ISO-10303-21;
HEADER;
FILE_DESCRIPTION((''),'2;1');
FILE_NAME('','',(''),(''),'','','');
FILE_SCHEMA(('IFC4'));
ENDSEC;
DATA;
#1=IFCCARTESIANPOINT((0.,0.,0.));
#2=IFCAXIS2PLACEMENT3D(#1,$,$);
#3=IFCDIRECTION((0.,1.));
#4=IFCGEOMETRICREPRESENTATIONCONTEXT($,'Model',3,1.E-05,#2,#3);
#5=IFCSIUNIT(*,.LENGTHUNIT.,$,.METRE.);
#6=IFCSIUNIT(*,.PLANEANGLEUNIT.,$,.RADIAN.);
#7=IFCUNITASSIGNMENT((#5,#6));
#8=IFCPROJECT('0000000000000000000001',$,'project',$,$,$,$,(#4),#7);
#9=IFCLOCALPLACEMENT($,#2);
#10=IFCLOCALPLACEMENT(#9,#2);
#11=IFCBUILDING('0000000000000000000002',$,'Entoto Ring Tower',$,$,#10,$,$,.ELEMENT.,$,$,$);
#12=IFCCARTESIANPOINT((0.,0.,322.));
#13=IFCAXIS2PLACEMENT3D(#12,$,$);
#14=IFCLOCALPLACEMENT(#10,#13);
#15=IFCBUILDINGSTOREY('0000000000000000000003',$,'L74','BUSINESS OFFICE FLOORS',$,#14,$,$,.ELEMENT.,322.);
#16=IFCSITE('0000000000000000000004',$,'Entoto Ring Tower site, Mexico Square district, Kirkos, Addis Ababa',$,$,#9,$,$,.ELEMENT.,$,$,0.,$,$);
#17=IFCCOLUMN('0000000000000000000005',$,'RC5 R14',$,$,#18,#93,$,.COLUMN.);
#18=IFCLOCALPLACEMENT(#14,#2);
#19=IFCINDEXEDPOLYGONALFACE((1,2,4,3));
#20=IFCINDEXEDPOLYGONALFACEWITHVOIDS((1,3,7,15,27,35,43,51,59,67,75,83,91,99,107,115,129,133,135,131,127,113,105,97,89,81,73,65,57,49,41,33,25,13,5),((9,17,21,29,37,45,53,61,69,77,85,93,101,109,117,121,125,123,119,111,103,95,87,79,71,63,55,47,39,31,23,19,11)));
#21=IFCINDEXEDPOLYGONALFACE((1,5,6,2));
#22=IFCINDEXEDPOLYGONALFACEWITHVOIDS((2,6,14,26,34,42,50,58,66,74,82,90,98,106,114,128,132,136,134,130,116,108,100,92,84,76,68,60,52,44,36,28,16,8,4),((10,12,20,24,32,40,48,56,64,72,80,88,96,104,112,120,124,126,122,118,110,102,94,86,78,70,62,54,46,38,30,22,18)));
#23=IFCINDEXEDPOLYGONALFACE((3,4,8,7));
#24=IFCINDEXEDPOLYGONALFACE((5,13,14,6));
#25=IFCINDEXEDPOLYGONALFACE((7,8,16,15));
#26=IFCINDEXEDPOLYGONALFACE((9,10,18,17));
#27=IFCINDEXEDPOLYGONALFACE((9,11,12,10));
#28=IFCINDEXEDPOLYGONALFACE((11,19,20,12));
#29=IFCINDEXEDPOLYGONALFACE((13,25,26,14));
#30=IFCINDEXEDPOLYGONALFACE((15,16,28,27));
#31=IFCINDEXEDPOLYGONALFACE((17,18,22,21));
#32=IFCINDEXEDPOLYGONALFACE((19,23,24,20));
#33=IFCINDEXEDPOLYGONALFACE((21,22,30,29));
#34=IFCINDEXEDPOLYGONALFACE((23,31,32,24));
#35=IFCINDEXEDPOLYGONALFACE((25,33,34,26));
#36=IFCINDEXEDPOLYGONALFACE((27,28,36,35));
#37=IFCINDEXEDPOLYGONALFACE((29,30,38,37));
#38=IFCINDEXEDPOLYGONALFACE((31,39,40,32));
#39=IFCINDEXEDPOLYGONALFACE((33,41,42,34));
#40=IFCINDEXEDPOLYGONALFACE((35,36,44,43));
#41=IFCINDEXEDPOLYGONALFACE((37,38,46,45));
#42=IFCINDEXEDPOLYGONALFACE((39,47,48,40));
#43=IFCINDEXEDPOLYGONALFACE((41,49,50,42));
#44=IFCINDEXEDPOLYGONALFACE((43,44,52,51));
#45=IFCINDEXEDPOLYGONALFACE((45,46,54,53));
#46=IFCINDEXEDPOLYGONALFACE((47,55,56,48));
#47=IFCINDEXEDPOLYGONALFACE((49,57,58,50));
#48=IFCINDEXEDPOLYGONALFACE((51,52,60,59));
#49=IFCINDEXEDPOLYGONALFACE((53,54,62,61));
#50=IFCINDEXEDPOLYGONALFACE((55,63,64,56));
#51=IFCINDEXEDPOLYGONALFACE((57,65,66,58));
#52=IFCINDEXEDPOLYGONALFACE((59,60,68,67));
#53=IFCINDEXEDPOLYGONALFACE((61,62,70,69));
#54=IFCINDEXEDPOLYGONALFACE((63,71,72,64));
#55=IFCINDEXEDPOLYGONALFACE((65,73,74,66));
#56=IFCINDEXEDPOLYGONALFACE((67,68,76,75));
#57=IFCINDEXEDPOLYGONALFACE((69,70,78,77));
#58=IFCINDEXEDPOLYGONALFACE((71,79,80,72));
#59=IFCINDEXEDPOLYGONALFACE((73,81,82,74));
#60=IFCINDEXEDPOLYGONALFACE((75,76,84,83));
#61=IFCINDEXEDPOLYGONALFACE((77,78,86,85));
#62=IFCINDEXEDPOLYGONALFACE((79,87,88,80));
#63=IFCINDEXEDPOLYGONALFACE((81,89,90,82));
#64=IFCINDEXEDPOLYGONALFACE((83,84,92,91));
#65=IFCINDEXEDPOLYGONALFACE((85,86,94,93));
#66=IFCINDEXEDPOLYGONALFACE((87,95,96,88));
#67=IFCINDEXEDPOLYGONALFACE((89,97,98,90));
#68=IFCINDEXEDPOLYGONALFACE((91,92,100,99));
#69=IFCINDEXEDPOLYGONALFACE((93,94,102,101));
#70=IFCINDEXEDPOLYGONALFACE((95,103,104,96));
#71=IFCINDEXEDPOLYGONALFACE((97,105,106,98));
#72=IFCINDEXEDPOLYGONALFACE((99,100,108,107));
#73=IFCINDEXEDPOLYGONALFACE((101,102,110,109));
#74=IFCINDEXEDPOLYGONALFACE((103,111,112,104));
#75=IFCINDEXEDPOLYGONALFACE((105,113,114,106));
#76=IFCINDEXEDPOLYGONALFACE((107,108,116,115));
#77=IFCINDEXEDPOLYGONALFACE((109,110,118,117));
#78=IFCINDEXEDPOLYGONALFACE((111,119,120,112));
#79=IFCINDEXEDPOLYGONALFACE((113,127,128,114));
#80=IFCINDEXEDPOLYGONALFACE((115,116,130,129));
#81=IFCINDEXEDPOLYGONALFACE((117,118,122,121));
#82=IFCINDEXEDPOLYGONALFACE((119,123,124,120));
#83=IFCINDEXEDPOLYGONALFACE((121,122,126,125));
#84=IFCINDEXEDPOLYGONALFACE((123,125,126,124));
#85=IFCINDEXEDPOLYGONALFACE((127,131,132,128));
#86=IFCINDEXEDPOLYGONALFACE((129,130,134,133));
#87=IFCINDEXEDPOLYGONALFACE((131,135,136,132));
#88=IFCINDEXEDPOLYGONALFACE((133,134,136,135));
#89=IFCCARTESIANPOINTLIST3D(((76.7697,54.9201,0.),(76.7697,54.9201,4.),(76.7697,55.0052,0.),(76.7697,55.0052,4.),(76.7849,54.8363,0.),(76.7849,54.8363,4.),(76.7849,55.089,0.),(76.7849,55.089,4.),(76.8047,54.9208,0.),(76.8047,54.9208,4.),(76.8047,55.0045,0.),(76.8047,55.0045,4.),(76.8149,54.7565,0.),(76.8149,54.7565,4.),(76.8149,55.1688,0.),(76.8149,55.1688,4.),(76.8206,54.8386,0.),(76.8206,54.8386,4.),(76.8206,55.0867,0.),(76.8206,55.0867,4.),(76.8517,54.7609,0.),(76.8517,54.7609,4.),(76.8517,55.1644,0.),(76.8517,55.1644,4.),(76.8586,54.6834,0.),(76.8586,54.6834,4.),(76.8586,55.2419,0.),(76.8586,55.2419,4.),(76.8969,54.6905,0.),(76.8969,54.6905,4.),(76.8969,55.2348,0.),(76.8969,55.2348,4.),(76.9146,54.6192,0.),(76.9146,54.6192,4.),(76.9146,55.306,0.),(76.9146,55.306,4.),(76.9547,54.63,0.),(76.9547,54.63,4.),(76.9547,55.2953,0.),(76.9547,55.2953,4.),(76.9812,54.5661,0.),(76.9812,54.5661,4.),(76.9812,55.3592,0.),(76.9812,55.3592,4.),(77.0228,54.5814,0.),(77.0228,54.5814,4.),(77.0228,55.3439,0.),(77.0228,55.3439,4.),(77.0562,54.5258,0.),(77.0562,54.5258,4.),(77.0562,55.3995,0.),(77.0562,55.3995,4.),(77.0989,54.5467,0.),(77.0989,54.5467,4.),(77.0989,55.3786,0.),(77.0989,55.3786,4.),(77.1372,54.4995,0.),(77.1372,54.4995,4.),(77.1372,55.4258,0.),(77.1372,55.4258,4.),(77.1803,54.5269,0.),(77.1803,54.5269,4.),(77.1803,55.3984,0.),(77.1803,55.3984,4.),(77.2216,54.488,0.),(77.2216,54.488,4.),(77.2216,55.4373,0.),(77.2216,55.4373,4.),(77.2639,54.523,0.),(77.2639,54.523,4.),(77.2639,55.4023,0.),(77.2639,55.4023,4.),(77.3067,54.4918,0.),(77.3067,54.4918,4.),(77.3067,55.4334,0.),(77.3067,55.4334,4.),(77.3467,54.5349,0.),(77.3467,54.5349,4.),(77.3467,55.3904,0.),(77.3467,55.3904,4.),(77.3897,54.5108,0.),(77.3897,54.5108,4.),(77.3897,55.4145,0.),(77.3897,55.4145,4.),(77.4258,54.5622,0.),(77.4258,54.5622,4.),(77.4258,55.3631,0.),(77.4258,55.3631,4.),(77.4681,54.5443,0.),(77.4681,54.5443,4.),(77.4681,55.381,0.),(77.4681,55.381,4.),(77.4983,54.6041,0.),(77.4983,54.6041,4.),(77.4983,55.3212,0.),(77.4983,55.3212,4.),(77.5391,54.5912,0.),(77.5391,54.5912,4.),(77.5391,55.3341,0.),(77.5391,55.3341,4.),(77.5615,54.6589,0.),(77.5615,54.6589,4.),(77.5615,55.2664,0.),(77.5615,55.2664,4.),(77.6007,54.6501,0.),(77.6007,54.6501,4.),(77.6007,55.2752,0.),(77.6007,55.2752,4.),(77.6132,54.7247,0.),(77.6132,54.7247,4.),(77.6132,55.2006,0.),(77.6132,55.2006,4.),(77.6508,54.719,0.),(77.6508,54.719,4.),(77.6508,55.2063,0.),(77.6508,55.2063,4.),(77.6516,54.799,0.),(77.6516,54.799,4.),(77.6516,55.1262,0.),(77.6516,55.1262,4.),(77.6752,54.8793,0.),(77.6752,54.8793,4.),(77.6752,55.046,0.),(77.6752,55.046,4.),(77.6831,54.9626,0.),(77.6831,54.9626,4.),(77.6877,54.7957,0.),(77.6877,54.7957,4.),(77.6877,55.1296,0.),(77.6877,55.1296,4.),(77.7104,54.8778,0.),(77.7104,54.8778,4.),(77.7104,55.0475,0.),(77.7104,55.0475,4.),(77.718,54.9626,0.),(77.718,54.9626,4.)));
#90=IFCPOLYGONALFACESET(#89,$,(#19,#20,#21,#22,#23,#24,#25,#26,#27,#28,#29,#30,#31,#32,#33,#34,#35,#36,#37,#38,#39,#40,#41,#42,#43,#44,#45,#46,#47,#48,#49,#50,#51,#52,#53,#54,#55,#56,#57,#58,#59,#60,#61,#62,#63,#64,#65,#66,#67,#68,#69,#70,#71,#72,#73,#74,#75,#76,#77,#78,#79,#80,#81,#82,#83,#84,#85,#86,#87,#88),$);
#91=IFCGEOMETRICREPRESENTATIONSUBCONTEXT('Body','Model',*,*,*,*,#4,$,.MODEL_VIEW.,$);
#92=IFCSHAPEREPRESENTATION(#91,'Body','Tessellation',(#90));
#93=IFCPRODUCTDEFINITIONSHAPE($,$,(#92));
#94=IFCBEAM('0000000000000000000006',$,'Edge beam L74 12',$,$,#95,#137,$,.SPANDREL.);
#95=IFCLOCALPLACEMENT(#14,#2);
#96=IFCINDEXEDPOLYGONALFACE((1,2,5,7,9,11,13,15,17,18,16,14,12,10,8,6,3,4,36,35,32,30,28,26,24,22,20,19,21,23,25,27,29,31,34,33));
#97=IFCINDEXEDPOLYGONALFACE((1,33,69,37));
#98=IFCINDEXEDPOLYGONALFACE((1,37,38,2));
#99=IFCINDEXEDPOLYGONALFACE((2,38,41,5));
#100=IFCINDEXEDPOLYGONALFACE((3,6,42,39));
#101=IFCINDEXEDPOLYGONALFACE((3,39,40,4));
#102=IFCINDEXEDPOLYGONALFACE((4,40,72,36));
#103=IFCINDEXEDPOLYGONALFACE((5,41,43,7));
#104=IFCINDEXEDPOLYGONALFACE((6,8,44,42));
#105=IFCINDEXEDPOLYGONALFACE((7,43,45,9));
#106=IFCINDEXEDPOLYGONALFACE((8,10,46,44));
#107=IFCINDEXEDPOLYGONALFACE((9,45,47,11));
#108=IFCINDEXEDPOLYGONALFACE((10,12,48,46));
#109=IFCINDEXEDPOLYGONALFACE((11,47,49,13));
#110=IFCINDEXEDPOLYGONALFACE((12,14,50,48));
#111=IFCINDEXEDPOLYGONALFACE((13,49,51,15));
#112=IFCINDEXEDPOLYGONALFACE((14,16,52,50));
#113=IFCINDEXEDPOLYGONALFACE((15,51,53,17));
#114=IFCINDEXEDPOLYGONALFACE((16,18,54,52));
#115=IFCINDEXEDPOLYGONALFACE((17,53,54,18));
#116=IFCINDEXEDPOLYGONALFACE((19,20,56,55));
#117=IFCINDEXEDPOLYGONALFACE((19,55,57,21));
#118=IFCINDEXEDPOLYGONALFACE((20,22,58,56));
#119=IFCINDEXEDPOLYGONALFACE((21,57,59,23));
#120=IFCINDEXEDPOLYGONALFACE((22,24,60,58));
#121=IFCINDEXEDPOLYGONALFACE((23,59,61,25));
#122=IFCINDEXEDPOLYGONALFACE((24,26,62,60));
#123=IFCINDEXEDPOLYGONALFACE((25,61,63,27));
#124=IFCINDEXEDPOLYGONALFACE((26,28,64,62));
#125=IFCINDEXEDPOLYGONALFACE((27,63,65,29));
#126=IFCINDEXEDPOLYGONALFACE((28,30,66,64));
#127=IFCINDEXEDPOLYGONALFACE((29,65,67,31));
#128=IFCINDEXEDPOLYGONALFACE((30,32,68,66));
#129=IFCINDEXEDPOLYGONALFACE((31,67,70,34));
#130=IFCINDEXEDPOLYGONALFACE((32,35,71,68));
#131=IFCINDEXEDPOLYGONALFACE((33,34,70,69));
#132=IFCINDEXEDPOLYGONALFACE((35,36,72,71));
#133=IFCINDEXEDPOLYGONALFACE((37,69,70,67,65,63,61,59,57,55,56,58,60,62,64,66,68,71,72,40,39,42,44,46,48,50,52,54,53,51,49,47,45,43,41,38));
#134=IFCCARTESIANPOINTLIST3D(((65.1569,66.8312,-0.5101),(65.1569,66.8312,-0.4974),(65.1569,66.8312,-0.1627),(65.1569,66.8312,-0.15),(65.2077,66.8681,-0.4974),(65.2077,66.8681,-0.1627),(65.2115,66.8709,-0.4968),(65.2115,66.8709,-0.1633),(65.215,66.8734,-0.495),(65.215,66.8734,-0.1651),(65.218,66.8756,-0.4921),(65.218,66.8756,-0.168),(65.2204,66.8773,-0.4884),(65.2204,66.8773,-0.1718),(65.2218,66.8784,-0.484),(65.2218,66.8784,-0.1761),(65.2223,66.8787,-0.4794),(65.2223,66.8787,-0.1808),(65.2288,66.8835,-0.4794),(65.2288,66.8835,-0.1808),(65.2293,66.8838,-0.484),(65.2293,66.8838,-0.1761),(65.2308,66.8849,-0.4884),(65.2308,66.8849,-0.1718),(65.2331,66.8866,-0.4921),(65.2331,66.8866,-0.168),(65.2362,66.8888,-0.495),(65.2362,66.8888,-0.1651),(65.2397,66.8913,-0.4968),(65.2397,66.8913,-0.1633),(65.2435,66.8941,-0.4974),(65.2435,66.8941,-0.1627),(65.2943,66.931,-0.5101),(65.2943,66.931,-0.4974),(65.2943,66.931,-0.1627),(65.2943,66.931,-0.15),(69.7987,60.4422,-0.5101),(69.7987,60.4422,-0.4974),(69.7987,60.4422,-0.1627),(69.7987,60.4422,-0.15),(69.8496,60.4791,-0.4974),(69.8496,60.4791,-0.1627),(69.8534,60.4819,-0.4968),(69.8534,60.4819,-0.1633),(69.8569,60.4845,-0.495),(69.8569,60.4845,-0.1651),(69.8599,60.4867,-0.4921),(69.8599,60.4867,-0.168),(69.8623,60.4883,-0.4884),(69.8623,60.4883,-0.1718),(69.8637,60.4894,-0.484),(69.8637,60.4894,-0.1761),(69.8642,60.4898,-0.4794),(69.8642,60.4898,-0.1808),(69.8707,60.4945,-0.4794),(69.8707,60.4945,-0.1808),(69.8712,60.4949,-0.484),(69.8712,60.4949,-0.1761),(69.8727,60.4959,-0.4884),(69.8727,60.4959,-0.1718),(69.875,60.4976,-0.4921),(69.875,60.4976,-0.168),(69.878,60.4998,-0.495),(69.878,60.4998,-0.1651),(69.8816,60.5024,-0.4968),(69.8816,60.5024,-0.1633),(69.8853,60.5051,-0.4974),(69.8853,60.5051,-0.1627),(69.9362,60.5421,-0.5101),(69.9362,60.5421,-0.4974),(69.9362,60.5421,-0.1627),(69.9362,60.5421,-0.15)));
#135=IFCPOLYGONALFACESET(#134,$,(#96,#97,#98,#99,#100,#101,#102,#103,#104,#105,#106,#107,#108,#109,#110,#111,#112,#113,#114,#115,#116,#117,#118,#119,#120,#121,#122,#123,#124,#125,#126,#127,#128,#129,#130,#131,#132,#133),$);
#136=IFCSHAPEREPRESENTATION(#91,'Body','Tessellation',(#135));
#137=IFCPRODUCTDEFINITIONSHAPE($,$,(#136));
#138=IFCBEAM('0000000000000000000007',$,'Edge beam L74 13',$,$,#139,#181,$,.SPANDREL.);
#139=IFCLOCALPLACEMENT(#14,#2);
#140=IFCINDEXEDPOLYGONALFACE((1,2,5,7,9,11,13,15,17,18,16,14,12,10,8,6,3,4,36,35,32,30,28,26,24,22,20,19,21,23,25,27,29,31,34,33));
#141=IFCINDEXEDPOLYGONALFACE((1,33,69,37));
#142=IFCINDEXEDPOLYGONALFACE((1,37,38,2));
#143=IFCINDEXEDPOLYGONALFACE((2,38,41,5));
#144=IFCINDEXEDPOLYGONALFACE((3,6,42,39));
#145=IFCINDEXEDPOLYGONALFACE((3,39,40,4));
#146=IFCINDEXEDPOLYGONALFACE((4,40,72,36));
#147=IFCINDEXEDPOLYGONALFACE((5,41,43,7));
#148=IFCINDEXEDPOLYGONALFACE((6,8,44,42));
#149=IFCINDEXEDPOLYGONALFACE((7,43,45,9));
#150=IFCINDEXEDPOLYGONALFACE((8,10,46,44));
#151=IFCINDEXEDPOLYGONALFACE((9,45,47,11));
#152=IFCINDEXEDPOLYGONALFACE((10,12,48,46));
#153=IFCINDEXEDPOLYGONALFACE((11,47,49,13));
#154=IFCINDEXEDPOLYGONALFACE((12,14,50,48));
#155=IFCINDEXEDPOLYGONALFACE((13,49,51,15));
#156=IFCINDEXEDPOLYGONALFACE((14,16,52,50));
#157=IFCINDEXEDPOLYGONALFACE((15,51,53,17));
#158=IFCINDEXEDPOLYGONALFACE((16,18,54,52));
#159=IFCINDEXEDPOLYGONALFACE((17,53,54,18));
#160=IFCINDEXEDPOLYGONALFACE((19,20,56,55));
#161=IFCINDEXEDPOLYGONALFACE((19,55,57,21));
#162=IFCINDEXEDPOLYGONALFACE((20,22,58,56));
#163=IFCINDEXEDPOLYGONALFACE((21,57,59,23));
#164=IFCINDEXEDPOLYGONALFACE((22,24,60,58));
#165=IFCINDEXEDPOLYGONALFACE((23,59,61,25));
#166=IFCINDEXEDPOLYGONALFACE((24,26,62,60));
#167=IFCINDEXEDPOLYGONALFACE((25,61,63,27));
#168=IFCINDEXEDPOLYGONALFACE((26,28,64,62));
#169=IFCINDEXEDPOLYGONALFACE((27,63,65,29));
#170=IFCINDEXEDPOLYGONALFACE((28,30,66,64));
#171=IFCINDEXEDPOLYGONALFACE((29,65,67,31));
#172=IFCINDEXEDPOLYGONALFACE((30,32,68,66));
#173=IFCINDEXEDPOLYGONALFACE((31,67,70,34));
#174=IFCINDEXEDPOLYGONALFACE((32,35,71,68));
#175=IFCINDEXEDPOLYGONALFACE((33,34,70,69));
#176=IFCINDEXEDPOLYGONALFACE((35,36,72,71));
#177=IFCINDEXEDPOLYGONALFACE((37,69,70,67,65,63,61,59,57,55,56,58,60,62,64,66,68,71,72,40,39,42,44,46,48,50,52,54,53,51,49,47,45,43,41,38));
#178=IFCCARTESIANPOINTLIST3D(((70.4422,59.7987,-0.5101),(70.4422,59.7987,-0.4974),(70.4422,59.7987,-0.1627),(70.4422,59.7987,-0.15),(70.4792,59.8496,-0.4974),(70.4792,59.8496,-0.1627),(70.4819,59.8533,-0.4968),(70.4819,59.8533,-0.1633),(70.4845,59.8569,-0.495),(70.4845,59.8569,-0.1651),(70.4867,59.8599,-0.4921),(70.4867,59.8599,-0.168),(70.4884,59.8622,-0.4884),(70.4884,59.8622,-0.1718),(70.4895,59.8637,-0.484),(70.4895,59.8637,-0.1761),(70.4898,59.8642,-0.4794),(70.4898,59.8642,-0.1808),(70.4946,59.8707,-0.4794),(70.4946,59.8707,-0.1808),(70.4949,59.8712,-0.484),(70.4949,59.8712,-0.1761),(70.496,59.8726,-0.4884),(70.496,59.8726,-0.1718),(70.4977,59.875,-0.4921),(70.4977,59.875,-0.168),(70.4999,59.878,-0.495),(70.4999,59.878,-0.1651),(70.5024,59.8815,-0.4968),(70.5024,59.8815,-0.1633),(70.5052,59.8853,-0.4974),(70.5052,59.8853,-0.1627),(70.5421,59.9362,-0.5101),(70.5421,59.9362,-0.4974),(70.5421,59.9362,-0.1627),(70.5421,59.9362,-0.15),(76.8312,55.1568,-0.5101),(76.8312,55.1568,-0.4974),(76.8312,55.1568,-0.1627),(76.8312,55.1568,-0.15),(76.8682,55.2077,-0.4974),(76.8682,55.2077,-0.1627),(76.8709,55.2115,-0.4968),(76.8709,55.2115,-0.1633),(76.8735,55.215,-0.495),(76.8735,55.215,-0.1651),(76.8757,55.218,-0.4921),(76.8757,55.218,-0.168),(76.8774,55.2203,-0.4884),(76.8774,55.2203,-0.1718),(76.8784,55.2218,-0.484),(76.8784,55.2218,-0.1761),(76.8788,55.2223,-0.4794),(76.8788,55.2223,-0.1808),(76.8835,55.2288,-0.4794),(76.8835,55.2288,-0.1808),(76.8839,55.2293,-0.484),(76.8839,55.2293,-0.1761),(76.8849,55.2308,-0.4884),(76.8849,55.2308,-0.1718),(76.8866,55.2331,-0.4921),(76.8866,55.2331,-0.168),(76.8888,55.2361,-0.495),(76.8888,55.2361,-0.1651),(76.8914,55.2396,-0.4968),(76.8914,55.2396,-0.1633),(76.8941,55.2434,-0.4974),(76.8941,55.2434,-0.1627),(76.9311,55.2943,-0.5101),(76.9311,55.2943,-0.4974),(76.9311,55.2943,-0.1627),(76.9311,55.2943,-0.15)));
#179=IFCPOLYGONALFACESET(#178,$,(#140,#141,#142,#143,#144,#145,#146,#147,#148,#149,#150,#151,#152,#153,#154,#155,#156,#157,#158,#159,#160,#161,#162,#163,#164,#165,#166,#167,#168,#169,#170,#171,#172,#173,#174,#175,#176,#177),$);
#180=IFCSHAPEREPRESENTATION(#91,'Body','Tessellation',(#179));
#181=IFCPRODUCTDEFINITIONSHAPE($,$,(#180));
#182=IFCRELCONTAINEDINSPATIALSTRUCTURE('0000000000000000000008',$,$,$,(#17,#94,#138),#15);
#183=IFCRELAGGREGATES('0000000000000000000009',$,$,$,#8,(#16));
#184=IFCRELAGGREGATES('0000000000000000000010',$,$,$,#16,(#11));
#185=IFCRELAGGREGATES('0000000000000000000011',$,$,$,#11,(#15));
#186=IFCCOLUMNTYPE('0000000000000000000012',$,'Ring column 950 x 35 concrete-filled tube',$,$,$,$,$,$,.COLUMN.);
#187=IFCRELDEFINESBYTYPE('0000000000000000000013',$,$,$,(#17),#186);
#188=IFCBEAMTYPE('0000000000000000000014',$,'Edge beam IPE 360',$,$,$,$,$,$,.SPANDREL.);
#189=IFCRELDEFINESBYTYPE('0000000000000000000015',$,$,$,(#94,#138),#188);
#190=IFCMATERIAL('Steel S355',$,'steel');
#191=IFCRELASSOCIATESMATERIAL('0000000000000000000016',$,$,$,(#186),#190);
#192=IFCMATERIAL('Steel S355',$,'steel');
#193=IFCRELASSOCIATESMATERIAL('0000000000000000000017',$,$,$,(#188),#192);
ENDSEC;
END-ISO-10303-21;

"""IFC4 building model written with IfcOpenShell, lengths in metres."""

from ifc_helpers import new_model, si_unit, direction, frame, origin, origin_2d, place, context, subcontext, project, spatial, circle, hollow_circle, i_section, extrude, material, material_profile, profile_set, type_object, element, save


model = new_model("IFC4")

# Units and contexts
model_context = context("Model", 3, precision=1e-05, world=origin(), true_north=direction((0.0, 1.0)))
body_context = subcontext(model_context, "Body", "Model", "MODEL_VIEW")
ifc_project = project(units=[si_unit("LENGTHUNIT", "METRE"), si_unit("PLANEANGLEUNIT", "RADIAN")], contexts=[model_context])

# Site, building, storey
site_placement = place(None, origin())
site = spatial("IfcSite", under=ifc_project, at=site_placement, Name="Entoto Ring Tower site, Mexico Square district, Kirkos, Addis Ababa", CompositionType="ELEMENT", RefElevation=0.0)
building_placement = place(site_placement, origin())
building = spatial("IfcBuilding", under=site, at=building_placement, Name="Entoto Ring Tower", CompositionType="ELEMENT")
storey_placement = place(building_placement, frame((0.0, 0.0, 322.0)))
storey = spatial("IfcBuildingStorey", under=building, at=storey_placement, Name="L74", Description="BUSINESS OFFICE FLOORS", CompositionType="ELEMENT", Elevation=322.0)

# Column
ifc_material_1 = material(Name="Steel S355", Category="steel")
ifc_material_profile_1 = material_profile(ifc_material_1, hollow_circle(Radius=0.4751, WallThickness=0.0349, at=origin_2d()), Name="CHS 950 x 35")
ifc_material_2 = material(Name="Concrete C60/75", Category="concrete")
ifc_material_profile_2 = material_profile(ifc_material_2, circle(Radius=0.4399, at=origin_2d()), Name="Concrete C60/75 infill")
ifc_profile_set_1 = profile_set([ifc_material_profile_1, ifc_material_profile_2], Name="Steel S355")
column_type = type_object("IfcColumnType", Name="Ring column 950 x 35 concrete-filled tube", PredefinedType="COLUMN", material=ifc_profile_set_1)
for number, where, z_axis, x_axis, name in (
    (1, (77.2429, 54.9626, 0.0), (0.0, 0.0, 1.0), (1.0, 0.0, 0.0), "RC5 R14"),
):
    element("IfcColumn", number, at=place(storey_placement, frame(where, z_axis=z_axis, x_axis=x_axis)), inside=storey, type_object=column_type, Name=name, PredefinedType="COLUMN", context=body_context, shape_type="SweptSolid", body=[
        extrude(hollow_circle(Radius=0.4751, WallThickness=0.0349, at=origin_2d()), origin(), (0.0, 0.0, 1.0), 4.0),
    ])

# Beams
ifc_material_3 = material(Name="Steel S355", Category="steel")
ifc_material_profile_3 = material_profile(ifc_material_3, i_section(OverallWidth=0.1699, OverallDepth=0.3601, WebThickness=0.0081, FlangeThickness=0.0127, FilletRadius=0.0181, at=origin_2d()), Name="IPE 360")
ifc_profile_set_2 = profile_set([ifc_material_profile_3], Name="Steel S355")
beam_type_1 = type_object("IfcBeamType", Name="Edge beam IPE 360", PredefinedType="SPANDREL", material=ifc_profile_set_2)
for number, where, z_axis, x_axis, name in (
    (2, (65.2256, 66.8811, -0.3301), (0.587787, -0.809015, 0.0), (0.809015, 0.587787, 0.0), "Edge beam L74 12"),
    (3, (70.4922, 59.8674, -0.3301), (0.809015, -0.587787, 0.0), (0.587787, 0.809015, 0.0), "Edge beam L74 13"),
):
    element("IfcBeam", number, at=place(storey_placement, frame(where, z_axis=z_axis, x_axis=x_axis)), inside=storey, type_object=beam_type_1, Name=name, PredefinedType="SPANDREL", context=body_context, shape_type="SweptSolid", body=[
        extrude(i_section(OverallWidth=0.1699, OverallDepth=0.3601, WebThickness=0.0081, FlangeThickness=0.0127, FilletRadius=0.0181, at=origin_2d()), origin(), (0.0, 0.0, 1.0), 7.8972),
    ])

save(model, "model.ifc")
